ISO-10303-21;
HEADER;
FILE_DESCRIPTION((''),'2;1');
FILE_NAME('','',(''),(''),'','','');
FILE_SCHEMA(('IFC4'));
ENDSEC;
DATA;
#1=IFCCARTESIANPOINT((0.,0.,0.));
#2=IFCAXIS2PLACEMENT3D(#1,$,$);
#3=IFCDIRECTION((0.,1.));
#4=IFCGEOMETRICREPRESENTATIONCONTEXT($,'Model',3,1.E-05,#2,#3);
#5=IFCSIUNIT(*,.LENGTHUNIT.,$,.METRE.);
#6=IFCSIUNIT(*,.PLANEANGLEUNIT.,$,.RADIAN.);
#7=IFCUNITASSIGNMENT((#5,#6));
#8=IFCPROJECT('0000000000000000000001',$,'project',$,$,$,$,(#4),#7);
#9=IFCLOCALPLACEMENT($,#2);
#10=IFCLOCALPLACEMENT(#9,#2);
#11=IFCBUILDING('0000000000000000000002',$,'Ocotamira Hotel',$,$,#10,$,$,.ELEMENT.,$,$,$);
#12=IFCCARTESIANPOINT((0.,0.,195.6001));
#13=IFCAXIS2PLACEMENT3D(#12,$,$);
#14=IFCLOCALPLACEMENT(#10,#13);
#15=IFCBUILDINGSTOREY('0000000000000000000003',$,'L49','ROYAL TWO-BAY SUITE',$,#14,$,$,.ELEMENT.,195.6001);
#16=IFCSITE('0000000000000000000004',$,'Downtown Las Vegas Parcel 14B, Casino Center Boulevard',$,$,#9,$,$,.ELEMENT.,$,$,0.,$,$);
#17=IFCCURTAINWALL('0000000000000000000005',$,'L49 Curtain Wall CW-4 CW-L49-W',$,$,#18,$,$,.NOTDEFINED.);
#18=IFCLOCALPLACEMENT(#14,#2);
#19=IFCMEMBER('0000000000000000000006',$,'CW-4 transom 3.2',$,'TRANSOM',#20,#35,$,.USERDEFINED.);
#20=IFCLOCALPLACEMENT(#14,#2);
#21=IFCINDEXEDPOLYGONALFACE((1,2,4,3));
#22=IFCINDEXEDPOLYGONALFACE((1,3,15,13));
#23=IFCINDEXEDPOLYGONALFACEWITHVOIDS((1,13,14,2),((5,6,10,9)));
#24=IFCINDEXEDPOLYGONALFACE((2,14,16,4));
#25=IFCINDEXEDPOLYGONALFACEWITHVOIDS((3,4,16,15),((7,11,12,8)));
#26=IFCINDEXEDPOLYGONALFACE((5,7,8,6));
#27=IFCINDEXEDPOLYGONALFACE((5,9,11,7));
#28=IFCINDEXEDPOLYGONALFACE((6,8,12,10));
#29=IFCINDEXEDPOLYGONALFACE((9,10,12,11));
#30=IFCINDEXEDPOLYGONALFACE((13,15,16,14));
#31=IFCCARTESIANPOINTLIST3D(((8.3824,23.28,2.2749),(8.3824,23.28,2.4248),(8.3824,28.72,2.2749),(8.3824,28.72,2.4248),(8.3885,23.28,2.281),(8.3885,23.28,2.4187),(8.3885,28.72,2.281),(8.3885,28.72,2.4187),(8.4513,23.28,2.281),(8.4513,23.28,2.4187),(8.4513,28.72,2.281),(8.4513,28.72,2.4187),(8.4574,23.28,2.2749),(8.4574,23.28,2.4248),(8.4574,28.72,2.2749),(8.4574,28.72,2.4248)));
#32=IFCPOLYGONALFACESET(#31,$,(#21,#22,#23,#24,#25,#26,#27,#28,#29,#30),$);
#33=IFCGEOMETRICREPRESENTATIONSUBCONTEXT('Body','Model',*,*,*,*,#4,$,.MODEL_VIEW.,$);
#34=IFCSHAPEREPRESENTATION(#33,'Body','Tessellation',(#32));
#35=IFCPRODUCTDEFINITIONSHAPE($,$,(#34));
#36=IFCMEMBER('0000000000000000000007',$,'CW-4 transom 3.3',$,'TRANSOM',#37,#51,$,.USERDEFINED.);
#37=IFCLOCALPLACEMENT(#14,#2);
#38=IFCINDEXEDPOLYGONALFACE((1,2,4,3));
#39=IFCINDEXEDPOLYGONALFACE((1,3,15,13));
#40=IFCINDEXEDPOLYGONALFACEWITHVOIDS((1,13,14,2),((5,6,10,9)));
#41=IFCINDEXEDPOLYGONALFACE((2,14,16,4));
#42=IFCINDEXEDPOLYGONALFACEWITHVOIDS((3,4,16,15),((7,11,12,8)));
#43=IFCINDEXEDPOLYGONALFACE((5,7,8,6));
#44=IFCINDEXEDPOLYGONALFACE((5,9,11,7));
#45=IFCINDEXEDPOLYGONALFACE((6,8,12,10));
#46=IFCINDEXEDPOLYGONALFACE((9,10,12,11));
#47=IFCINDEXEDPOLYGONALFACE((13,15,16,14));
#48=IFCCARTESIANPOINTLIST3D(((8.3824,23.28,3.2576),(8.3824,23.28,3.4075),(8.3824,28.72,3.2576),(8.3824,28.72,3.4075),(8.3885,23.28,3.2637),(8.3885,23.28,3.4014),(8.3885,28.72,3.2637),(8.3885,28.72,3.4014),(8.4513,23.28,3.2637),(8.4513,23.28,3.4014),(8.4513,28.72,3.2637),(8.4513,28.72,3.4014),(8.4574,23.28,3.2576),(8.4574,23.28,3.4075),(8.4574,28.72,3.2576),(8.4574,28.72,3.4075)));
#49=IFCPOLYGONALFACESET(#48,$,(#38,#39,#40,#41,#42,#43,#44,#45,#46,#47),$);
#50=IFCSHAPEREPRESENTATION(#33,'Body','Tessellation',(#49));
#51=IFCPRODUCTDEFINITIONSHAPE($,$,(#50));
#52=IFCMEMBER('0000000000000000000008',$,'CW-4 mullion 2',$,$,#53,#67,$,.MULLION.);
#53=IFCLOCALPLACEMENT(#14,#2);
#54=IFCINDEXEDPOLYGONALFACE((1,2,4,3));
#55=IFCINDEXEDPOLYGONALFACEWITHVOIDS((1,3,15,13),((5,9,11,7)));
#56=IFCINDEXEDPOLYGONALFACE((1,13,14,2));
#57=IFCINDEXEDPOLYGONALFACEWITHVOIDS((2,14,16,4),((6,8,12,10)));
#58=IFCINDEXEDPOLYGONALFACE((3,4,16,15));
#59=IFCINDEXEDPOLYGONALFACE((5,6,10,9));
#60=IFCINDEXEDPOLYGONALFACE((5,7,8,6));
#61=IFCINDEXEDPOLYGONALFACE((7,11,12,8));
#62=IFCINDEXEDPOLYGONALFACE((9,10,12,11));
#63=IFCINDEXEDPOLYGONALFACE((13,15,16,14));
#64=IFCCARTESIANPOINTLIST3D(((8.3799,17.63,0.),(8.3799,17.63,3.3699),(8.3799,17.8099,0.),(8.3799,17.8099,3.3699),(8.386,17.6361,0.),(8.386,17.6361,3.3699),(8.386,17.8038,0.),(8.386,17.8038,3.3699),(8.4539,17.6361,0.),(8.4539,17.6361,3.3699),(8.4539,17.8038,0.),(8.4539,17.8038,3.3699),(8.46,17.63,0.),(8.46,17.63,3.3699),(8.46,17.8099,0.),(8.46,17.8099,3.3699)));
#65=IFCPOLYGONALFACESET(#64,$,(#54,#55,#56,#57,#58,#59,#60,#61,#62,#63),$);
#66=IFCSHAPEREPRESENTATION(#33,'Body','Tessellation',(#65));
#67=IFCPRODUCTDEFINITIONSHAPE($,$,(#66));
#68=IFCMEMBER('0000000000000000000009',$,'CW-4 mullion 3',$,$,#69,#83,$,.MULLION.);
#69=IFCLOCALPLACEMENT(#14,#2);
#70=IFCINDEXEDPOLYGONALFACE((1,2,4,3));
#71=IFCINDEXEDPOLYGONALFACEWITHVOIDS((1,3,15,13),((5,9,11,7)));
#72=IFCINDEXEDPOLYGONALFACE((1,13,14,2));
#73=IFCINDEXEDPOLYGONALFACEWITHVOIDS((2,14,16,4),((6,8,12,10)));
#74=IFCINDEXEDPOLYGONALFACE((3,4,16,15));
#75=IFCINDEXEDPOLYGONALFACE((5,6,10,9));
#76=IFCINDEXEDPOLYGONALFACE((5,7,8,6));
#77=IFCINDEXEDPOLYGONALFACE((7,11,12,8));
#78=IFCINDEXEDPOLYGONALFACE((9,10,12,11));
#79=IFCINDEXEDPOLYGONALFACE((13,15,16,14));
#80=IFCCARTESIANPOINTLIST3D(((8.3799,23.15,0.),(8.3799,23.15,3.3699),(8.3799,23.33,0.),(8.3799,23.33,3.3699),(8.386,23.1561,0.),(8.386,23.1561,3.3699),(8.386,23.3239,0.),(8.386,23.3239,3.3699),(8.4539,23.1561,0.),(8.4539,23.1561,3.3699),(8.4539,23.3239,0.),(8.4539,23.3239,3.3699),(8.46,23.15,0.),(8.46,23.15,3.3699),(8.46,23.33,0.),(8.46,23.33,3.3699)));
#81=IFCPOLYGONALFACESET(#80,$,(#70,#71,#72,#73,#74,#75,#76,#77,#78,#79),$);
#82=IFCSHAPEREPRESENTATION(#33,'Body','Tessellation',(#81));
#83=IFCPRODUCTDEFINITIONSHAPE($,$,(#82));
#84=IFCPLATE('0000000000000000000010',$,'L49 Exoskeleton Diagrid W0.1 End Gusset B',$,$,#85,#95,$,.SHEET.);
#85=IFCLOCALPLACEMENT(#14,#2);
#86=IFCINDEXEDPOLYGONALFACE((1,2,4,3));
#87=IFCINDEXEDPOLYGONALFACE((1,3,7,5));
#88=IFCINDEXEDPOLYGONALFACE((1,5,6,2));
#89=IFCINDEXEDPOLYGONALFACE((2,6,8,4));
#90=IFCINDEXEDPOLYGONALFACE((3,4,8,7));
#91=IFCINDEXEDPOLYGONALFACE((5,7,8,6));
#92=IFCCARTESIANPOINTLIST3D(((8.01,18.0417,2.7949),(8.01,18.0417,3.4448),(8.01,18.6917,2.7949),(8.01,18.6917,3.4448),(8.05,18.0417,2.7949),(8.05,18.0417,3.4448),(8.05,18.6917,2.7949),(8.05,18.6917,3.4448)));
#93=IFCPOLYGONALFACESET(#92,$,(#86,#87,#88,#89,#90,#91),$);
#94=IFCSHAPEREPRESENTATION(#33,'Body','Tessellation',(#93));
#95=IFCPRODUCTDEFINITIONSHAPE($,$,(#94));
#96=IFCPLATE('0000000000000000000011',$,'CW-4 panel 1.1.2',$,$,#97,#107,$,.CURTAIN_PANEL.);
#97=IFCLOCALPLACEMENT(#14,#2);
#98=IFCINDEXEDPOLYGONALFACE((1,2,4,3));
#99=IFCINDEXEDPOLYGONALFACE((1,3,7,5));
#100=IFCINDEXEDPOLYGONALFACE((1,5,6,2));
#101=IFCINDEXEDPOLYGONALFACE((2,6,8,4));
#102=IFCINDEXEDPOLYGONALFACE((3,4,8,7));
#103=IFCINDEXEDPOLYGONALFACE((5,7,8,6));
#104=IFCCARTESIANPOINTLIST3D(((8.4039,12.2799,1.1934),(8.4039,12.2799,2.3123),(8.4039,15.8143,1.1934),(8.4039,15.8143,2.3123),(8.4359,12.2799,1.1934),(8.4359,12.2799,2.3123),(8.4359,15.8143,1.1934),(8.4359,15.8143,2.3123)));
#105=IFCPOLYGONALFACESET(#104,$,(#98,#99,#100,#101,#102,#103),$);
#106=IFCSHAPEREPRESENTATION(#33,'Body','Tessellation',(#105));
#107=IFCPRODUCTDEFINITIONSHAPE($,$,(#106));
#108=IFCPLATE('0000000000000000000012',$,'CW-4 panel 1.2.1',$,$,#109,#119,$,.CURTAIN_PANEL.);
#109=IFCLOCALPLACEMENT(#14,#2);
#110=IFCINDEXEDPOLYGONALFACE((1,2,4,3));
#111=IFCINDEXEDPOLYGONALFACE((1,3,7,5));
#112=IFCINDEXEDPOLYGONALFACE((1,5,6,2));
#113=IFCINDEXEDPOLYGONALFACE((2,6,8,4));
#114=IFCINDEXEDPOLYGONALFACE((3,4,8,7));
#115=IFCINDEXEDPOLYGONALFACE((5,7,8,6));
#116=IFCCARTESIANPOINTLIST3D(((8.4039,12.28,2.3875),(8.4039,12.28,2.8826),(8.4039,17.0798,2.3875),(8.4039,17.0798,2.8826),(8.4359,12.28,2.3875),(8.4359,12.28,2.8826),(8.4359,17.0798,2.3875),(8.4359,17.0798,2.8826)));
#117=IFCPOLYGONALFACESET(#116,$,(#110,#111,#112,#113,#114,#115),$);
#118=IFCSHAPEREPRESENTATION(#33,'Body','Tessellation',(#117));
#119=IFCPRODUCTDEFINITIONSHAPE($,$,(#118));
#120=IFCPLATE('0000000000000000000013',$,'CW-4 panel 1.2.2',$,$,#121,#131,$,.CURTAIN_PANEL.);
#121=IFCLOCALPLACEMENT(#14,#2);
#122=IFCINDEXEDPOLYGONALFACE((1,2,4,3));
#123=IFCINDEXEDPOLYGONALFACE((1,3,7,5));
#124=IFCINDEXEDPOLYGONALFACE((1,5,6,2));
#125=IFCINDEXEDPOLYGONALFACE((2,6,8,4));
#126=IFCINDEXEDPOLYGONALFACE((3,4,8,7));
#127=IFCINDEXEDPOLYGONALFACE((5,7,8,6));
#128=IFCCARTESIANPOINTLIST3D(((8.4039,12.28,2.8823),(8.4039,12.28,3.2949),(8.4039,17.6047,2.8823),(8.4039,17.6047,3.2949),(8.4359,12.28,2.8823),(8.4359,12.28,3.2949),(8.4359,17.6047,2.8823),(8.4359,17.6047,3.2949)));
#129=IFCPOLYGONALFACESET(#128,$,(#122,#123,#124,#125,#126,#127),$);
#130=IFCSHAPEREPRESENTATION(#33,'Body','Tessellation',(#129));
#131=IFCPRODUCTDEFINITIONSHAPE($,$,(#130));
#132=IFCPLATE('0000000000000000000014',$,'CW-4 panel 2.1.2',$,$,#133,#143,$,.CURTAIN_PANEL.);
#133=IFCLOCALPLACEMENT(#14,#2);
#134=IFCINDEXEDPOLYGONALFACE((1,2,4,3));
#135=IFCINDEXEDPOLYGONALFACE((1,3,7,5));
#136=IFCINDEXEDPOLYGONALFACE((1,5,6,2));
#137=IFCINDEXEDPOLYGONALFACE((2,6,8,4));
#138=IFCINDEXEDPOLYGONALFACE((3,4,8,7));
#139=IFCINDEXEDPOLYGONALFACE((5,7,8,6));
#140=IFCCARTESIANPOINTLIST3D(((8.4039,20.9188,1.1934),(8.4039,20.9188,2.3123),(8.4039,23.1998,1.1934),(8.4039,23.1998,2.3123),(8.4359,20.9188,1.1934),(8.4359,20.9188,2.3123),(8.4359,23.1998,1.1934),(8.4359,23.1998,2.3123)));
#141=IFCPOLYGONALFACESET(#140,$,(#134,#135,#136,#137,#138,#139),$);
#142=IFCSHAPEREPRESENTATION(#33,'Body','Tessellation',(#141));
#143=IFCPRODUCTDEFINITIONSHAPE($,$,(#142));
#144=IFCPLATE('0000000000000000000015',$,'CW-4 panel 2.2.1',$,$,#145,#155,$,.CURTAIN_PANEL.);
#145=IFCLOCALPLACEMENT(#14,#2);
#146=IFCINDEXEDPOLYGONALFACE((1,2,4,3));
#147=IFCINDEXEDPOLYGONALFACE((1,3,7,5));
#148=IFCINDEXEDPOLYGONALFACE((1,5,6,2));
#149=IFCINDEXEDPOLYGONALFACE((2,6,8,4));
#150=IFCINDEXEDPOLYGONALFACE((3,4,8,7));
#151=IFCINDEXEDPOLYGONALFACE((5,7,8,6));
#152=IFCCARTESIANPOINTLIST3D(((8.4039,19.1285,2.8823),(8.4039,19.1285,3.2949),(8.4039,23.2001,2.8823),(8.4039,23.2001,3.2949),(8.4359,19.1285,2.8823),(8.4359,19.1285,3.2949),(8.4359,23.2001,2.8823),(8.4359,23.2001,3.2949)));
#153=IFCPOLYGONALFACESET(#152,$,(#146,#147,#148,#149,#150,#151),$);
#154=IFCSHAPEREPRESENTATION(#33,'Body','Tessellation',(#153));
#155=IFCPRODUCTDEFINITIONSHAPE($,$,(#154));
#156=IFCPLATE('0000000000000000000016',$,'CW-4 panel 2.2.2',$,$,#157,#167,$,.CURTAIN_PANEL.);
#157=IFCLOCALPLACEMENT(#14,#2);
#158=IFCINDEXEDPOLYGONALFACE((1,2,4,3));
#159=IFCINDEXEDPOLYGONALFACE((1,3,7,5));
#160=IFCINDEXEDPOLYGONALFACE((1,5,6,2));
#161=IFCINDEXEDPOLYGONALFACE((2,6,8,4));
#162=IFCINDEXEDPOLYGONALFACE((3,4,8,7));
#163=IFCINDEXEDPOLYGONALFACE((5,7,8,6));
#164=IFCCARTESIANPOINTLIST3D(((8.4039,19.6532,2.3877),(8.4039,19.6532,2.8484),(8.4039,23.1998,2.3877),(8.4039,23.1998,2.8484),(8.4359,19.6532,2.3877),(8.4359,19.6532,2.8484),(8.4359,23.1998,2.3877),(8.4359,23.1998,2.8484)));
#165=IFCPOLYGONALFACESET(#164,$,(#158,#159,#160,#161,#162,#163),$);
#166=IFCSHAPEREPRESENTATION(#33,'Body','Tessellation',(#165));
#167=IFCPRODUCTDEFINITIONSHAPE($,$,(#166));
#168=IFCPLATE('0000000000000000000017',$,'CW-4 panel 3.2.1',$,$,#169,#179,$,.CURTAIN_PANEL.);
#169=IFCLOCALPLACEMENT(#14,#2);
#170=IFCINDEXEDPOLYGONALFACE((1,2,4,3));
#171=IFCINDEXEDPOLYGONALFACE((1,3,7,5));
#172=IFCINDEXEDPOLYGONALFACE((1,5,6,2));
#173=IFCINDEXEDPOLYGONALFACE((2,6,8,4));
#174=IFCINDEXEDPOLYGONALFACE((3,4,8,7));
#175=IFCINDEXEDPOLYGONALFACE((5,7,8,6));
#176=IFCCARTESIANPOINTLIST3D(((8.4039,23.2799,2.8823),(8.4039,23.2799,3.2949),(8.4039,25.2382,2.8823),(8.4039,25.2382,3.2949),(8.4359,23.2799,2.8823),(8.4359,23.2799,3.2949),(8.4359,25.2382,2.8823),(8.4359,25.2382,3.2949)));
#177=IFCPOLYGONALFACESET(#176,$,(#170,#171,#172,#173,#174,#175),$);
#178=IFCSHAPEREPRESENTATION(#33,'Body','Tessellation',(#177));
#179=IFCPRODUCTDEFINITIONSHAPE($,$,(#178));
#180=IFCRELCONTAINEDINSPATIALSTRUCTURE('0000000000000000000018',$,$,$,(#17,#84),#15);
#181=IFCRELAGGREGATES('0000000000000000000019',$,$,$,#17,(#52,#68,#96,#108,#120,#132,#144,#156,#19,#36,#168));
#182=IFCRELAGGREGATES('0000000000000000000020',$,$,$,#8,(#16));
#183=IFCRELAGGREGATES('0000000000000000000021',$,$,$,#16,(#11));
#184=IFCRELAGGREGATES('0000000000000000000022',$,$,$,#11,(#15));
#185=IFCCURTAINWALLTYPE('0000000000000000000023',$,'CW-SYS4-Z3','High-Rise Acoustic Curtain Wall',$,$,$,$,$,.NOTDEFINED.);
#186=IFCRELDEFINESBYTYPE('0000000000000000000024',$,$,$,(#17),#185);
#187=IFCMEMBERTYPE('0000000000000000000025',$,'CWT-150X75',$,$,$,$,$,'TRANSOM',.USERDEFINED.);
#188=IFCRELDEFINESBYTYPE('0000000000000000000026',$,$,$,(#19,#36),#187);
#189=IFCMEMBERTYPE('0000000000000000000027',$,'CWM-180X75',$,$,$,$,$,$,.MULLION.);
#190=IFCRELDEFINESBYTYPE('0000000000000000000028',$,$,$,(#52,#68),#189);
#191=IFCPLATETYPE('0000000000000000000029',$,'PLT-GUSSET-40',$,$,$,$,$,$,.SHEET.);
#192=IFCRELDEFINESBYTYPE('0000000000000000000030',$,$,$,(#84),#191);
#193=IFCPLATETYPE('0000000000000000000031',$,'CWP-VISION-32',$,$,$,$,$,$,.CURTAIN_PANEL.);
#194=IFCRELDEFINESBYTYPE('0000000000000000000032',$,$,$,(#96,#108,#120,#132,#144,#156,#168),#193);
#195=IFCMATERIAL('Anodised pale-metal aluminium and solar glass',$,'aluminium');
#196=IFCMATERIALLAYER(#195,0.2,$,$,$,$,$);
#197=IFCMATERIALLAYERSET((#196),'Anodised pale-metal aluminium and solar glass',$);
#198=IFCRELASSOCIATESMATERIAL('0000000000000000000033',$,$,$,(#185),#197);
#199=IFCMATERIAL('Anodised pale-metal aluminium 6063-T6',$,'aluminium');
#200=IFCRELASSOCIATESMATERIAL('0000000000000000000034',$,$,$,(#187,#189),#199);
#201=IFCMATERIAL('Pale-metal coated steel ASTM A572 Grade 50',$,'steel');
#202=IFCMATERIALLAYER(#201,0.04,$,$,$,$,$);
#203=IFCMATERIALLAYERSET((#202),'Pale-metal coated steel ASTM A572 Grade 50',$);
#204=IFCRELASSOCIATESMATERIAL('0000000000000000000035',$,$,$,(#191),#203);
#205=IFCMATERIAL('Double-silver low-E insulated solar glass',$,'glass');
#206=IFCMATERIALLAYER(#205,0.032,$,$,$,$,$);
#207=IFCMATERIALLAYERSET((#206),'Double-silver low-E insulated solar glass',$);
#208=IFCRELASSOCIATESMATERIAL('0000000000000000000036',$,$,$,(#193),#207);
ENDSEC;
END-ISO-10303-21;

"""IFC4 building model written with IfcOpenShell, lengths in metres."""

from ifc_helpers import new_model, si_unit, direction, frame, origin, origin_2d, place, context, subcontext, project, spatial, rectangle, hollow_rectangle, extrude, source, transform, mapped, material, layer, layer_set, material_profile, profile_set, type_object, element, aggregate, save


model = new_model("IFC4")

# Units and contexts
model_context = context("Model", 3, precision=1e-05, world=origin(), true_north=direction((0.0, 1.0)))
body_context = subcontext(model_context, "Body", "Model", "MODEL_VIEW")
ifc_project = project(units=[si_unit("LENGTHUNIT", "METRE"), si_unit("PLANEANGLEUNIT", "RADIAN")], contexts=[model_context])

# Site, building, storey
site_placement = place(None, origin())
site = spatial("IfcSite", under=ifc_project, at=site_placement, Name="Downtown Las Vegas Parcel 14B, Casino Center Boulevard", CompositionType="ELEMENT", RefElevation=0.0)
building_placement = place(site_placement, origin())
building = spatial("IfcBuilding", under=site, at=building_placement, Name="Ocotamira Hotel", CompositionType="ELEMENT")
storey_placement = place(building_placement, frame((0.0, 0.0, 195.6001)))
storey = spatial("IfcBuildingStorey", under=building, at=storey_placement, Name="L49", Description="ROYAL TWO-BAY SUITE", CompositionType="ELEMENT", Elevation=195.6001)

# Curtain wall, members
ifc_material_1 = material(Name="Anodised pale-metal aluminium and solar glass", Category="aluminium")
ifc_layer_1 = layer(ifc_material_1, 0.2)
ifc_layer_set_1 = layer_set([ifc_layer_1], Name="Anodised pale-metal aluminium and solar glass")
curtain_wall_type = type_object("IfcCurtainWallType", Name="CW-SYS4-Z3", Description="High-Rise Acoustic Curtain Wall", PredefinedType="NOTDEFINED", material=ifc_layer_set_1)
curtain_wall_placement = place(storey_placement, origin())
curtain_wall = element("IfcCurtainWall", 1, at=curtain_wall_placement, inside=storey, type_object=curtain_wall_type, Name="L49 Curtain Wall CW-4 CW-L49-W", PredefinedType="NOTDEFINED")
ifc_material_2 = material(Name="Anodised pale-metal aluminium 6063-T6", Category="aluminium")
ifc_material_profile_1 = material_profile(ifc_material_2, hollow_rectangle(XDim=0.075, YDim=0.1499, WallThickness=0.0061, at=origin_2d()), Name="HSS150X75X6")
ifc_profile_set_1 = profile_set([ifc_material_profile_1], Name="Anodised pale-metal aluminium 6063-T6")
member_type_1 = type_object("IfcMemberType", Name="CWT-150X75", ElementType="TRANSOM", PredefinedType="USERDEFINED", material=ifc_profile_set_1)
shared_shape_1 = source(origin(), body_context, "Body", "SweptSolid", [
    extrude(hollow_rectangle(XDim=0.075, YDim=0.1499, WallThickness=0.0061, at=origin_2d()), origin(), (0.0, 0.0, 1.0), 5.4399),
])
member_1_placement = place(storey_placement, frame((8.4199, 23.28, 2.3499), z_axis=(0.0, 1.0, 0.0), x_axis=(-1.0, 0.0, 0.0)))
member_1 = element("IfcMember", 2, at=member_1_placement, type_object=member_type_1, Name="CW-4 transom 3.2", ObjectType="TRANSOM", PredefinedType="USERDEFINED", context=body_context, shape_type="MappedRepresentation", body=[
    mapped(shared_shape_1, transform((0.0, 0.0, 0.0), scale=1.0)),
])
member_2_placement = place(storey_placement, frame((8.4199, 23.28, 3.3325), z_axis=(0.0, 1.0, 0.0), x_axis=(-1.0, 0.0, 0.0)))
member_2 = element("IfcMember", 3, at=member_2_placement, type_object=member_type_1, Name="CW-4 transom 3.3", ObjectType="TRANSOM", PredefinedType="USERDEFINED", context=body_context, shape_type="MappedRepresentation", body=[
    mapped(shared_shape_1, transform((0.0, 0.0, 0.0), scale=1.0)),
])
ifc_material_profile_2 = material_profile(ifc_material_2, hollow_rectangle(XDim=0.0801, YDim=0.1799, WallThickness=0.0061, at=origin_2d()), Name="HSS180X80X6")
ifc_profile_set_2 = profile_set([ifc_material_profile_2], Name="Anodised pale-metal aluminium 6063-T6")
member_type_2 = type_object("IfcMemberType", Name="CWM-180X75", PredefinedType="MULLION", material=ifc_profile_set_2)
shared_shape_2 = source(origin(), body_context, "Body", "SweptSolid", [
    extrude(hollow_rectangle(XDim=0.0801, YDim=0.1799, WallThickness=0.0061, at=origin_2d()), origin(), (0.0, 0.0, 1.0), 3.3699),
])
member_3_placement = place(storey_placement, frame((8.4199, 17.72, 0.0), z_axis=(0.0, 0.0, 1.0), x_axis=(-1.0, 0.0, 0.0)))
member_3 = element("IfcMember", 4, at=member_3_placement, type_object=member_type_2, Name="CW-4 mullion 2", PredefinedType="MULLION", context=body_context, shape_type="MappedRepresentation", body=[
    mapped(shared_shape_2, transform((0.0, 0.0, 0.0), scale=1.0)),
])
member_4_placement = place(storey_placement, frame((8.4199, 23.24, 0.0), z_axis=(0.0, 0.0, 1.0), x_axis=(-1.0, 0.0, 0.0)))
member_4 = element("IfcMember", 5, at=member_4_placement, type_object=member_type_2, Name="CW-4 mullion 3", PredefinedType="MULLION", context=body_context, shape_type="MappedRepresentation", body=[
    mapped(shared_shape_2, transform((0.0, 0.0, 0.0), scale=1.0)),
])

# Plates
ifc_material_3 = material(Name="Pale-metal coated steel ASTM A572 Grade 50", Category="steel")
ifc_layer_2 = layer(ifc_material_3, 0.04)
ifc_layer_set_2 = layer_set([ifc_layer_2], Name="Pale-metal coated steel ASTM A572 Grade 50")
plate_type_1 = type_object("IfcPlateType", Name="PLT-GUSSET-40", PredefinedType="SHEET", material=ifc_layer_set_2)
shared_shape_3 = source(origin(), body_context, "Body", "SweptSolid", [
    extrude(rectangle(XDim=0.04, YDim=0.6499, at=origin_2d()), origin(), (0.0, 0.0, 1.0), 0.6499),
])
plate_1_placement = place(storey_placement, frame((8.03, 18.3667, 2.7949), z_axis=(0.0, 0.0, 1.0), x_axis=(1.0, 0.0, 0.0)))
element("IfcPlate", 6, at=plate_1_placement, inside=storey, type_object=plate_type_1, Name="L49 Exoskeleton Diagrid W0.1 End Gusset B", PredefinedType="SHEET", context=body_context, shape_type="MappedRepresentation", body=[
    mapped(shared_shape_3, transform((0.0, 0.0, 0.0), scale=1.0)),
])
ifc_material_4 = material(Name="Double-silver low-E insulated solar glass", Category="glass")
ifc_layer_3 = layer(ifc_material_4, 0.032)
ifc_layer_set_3 = layer_set([ifc_layer_3], Name="Double-silver low-E insulated solar glass")
plate_type_2 = type_object("IfcPlateType", Name="CWP-VISION-32", PredefinedType="CURTAIN_PANEL", material=ifc_layer_set_3)
shared_shape_4 = source(origin(), body_context, "Body", "SweptSolid", [
    extrude(rectangle(XDim=3.5344, YDim=0.032, at=origin_2d()), origin(), (0.0, 0.0, 1.0), 1.1189),
])
plate_2_placement = place(storey_placement, frame((8.4199, 14.0471, 1.1934), z_axis=(0.0, 0.0, 1.0), x_axis=(0.0, 1.0, 0.0)))
plate_2 = element("IfcPlate", 7, at=plate_2_placement, type_object=plate_type_2, Name="CW-4 panel 1.1.2", PredefinedType="CURTAIN_PANEL", context=body_context, shape_type="MappedRepresentation", body=[
    mapped(shared_shape_4, transform((0.0, 0.0, 0.0), scale=1.0)),
])
shared_shape_5 = source(origin(), body_context, "Body", "SweptSolid", [
    extrude(rectangle(XDim=4.7998, YDim=0.032, at=origin_2d()), origin(), (0.0, 0.0, 1.0), 0.4951),
])
plate_3_placement = place(storey_placement, frame((8.4199, 14.6799, 2.3875), z_axis=(0.0, 0.0, 1.0), x_axis=(0.0, 1.0, 0.0)))
plate_3 = element("IfcPlate", 8, at=plate_3_placement, type_object=plate_type_2, Name="CW-4 panel 1.2.1", PredefinedType="CURTAIN_PANEL", context=body_context, shape_type="MappedRepresentation", body=[
    mapped(shared_shape_5, transform((0.0, 0.0, 0.0), scale=1.0)),
])
shared_shape_6 = source(origin(), body_context, "Body", "SweptSolid", [
    extrude(rectangle(XDim=5.3247, YDim=0.032, at=origin_2d()), origin(), (0.0, 0.0, 1.0), 0.4126),
])
plate_4_placement = place(storey_placement, frame((8.4199, 14.9424, 2.8823), z_axis=(0.0, 0.0, 1.0), x_axis=(0.0, 1.0, 0.0)))
plate_4 = element("IfcPlate", 9, at=plate_4_placement, type_object=plate_type_2, Name="CW-4 panel 1.2.2", PredefinedType="CURTAIN_PANEL", context=body_context, shape_type="MappedRepresentation", body=[
    mapped(shared_shape_6, transform((0.0, 0.0, 0.0), scale=1.0)),
])
shared_shape_7 = source(origin(), body_context, "Body", "SweptSolid", [
    extrude(rectangle(XDim=2.281, YDim=0.032, at=origin_2d()), origin(), (0.0, 0.0, 1.0), 1.1189),
])
plate_5_placement = place(storey_placement, frame((8.4199, 22.0593, 1.1934), z_axis=(0.0, 0.0, 1.0), x_axis=(0.0, 1.0, 0.0)))
plate_5 = element("IfcPlate", 10, at=plate_5_placement, type_object=plate_type_2, Name="CW-4 panel 2.1.2", PredefinedType="CURTAIN_PANEL", context=body_context, shape_type="MappedRepresentation", body=[
    mapped(shared_shape_7, transform((0.0, 0.0, 0.0), scale=1.0)),
])
shared_shape_8 = source(origin(), body_context, "Body", "SweptSolid", [
    extrude(rectangle(XDim=4.0715, YDim=0.032, at=origin_2d()), origin(), (0.0, 0.0, 1.0), 0.4126),
])
plate_6_placement = place(storey_placement, frame((8.4199, 21.1643, 2.8823), z_axis=(0.0, 0.0, 1.0), x_axis=(0.0, 1.0, 0.0)))
plate_6 = element("IfcPlate", 11, at=plate_6_placement, type_object=plate_type_2, Name="CW-4 panel 2.2.1", PredefinedType="CURTAIN_PANEL", context=body_context, shape_type="MappedRepresentation", body=[
    mapped(shared_shape_8, transform((0.0, 0.0, 0.0), scale=1.0)),
])
shared_shape_9 = source(origin(), body_context, "Body", "SweptSolid", [
    extrude(rectangle(XDim=3.5466, YDim=0.032, at=origin_2d()), origin(), (0.0, 0.0, 1.0), 0.4607),
])
plate_7_placement = place(storey_placement, frame((8.4199, 21.4265, 2.3877), z_axis=(0.0, 0.0, 1.0), x_axis=(0.0, 1.0, 0.0)))
plate_7 = element("IfcPlate", 12, at=plate_7_placement, type_object=plate_type_2, Name="CW-4 panel 2.2.2", PredefinedType="CURTAIN_PANEL", context=body_context, shape_type="MappedRepresentation", body=[
    mapped(shared_shape_9, transform((0.0, 0.0, 0.0), scale=1.0)),
])
shared_shape_10 = source(origin(), body_context, "Body", "SweptSolid", [
    extrude(rectangle(XDim=1.9583, YDim=0.032, at=origin_2d()), origin(), (0.0, 0.0, 1.0), 0.4126),
])
plate_8_placement = place(storey_placement, frame((8.4199, 24.259, 2.8823), z_axis=(0.0, 0.0, 1.0), x_axis=(0.0, 1.0, 0.0)))
plate_8 = element("IfcPlate", 13, at=plate_8_placement, type_object=plate_type_2, Name="CW-4 panel 3.2.1", PredefinedType="CURTAIN_PANEL", context=body_context, shape_type="MappedRepresentation", body=[
    mapped(shared_shape_10, transform((0.0, 0.0, 0.0), scale=1.0)),
])
aggregate(curtain_wall, [member_3, member_4, plate_2, plate_3, plate_4, plate_5, plate_6, plate_7, member_1, member_2, plate_8])

save(model, "model.ifc")
